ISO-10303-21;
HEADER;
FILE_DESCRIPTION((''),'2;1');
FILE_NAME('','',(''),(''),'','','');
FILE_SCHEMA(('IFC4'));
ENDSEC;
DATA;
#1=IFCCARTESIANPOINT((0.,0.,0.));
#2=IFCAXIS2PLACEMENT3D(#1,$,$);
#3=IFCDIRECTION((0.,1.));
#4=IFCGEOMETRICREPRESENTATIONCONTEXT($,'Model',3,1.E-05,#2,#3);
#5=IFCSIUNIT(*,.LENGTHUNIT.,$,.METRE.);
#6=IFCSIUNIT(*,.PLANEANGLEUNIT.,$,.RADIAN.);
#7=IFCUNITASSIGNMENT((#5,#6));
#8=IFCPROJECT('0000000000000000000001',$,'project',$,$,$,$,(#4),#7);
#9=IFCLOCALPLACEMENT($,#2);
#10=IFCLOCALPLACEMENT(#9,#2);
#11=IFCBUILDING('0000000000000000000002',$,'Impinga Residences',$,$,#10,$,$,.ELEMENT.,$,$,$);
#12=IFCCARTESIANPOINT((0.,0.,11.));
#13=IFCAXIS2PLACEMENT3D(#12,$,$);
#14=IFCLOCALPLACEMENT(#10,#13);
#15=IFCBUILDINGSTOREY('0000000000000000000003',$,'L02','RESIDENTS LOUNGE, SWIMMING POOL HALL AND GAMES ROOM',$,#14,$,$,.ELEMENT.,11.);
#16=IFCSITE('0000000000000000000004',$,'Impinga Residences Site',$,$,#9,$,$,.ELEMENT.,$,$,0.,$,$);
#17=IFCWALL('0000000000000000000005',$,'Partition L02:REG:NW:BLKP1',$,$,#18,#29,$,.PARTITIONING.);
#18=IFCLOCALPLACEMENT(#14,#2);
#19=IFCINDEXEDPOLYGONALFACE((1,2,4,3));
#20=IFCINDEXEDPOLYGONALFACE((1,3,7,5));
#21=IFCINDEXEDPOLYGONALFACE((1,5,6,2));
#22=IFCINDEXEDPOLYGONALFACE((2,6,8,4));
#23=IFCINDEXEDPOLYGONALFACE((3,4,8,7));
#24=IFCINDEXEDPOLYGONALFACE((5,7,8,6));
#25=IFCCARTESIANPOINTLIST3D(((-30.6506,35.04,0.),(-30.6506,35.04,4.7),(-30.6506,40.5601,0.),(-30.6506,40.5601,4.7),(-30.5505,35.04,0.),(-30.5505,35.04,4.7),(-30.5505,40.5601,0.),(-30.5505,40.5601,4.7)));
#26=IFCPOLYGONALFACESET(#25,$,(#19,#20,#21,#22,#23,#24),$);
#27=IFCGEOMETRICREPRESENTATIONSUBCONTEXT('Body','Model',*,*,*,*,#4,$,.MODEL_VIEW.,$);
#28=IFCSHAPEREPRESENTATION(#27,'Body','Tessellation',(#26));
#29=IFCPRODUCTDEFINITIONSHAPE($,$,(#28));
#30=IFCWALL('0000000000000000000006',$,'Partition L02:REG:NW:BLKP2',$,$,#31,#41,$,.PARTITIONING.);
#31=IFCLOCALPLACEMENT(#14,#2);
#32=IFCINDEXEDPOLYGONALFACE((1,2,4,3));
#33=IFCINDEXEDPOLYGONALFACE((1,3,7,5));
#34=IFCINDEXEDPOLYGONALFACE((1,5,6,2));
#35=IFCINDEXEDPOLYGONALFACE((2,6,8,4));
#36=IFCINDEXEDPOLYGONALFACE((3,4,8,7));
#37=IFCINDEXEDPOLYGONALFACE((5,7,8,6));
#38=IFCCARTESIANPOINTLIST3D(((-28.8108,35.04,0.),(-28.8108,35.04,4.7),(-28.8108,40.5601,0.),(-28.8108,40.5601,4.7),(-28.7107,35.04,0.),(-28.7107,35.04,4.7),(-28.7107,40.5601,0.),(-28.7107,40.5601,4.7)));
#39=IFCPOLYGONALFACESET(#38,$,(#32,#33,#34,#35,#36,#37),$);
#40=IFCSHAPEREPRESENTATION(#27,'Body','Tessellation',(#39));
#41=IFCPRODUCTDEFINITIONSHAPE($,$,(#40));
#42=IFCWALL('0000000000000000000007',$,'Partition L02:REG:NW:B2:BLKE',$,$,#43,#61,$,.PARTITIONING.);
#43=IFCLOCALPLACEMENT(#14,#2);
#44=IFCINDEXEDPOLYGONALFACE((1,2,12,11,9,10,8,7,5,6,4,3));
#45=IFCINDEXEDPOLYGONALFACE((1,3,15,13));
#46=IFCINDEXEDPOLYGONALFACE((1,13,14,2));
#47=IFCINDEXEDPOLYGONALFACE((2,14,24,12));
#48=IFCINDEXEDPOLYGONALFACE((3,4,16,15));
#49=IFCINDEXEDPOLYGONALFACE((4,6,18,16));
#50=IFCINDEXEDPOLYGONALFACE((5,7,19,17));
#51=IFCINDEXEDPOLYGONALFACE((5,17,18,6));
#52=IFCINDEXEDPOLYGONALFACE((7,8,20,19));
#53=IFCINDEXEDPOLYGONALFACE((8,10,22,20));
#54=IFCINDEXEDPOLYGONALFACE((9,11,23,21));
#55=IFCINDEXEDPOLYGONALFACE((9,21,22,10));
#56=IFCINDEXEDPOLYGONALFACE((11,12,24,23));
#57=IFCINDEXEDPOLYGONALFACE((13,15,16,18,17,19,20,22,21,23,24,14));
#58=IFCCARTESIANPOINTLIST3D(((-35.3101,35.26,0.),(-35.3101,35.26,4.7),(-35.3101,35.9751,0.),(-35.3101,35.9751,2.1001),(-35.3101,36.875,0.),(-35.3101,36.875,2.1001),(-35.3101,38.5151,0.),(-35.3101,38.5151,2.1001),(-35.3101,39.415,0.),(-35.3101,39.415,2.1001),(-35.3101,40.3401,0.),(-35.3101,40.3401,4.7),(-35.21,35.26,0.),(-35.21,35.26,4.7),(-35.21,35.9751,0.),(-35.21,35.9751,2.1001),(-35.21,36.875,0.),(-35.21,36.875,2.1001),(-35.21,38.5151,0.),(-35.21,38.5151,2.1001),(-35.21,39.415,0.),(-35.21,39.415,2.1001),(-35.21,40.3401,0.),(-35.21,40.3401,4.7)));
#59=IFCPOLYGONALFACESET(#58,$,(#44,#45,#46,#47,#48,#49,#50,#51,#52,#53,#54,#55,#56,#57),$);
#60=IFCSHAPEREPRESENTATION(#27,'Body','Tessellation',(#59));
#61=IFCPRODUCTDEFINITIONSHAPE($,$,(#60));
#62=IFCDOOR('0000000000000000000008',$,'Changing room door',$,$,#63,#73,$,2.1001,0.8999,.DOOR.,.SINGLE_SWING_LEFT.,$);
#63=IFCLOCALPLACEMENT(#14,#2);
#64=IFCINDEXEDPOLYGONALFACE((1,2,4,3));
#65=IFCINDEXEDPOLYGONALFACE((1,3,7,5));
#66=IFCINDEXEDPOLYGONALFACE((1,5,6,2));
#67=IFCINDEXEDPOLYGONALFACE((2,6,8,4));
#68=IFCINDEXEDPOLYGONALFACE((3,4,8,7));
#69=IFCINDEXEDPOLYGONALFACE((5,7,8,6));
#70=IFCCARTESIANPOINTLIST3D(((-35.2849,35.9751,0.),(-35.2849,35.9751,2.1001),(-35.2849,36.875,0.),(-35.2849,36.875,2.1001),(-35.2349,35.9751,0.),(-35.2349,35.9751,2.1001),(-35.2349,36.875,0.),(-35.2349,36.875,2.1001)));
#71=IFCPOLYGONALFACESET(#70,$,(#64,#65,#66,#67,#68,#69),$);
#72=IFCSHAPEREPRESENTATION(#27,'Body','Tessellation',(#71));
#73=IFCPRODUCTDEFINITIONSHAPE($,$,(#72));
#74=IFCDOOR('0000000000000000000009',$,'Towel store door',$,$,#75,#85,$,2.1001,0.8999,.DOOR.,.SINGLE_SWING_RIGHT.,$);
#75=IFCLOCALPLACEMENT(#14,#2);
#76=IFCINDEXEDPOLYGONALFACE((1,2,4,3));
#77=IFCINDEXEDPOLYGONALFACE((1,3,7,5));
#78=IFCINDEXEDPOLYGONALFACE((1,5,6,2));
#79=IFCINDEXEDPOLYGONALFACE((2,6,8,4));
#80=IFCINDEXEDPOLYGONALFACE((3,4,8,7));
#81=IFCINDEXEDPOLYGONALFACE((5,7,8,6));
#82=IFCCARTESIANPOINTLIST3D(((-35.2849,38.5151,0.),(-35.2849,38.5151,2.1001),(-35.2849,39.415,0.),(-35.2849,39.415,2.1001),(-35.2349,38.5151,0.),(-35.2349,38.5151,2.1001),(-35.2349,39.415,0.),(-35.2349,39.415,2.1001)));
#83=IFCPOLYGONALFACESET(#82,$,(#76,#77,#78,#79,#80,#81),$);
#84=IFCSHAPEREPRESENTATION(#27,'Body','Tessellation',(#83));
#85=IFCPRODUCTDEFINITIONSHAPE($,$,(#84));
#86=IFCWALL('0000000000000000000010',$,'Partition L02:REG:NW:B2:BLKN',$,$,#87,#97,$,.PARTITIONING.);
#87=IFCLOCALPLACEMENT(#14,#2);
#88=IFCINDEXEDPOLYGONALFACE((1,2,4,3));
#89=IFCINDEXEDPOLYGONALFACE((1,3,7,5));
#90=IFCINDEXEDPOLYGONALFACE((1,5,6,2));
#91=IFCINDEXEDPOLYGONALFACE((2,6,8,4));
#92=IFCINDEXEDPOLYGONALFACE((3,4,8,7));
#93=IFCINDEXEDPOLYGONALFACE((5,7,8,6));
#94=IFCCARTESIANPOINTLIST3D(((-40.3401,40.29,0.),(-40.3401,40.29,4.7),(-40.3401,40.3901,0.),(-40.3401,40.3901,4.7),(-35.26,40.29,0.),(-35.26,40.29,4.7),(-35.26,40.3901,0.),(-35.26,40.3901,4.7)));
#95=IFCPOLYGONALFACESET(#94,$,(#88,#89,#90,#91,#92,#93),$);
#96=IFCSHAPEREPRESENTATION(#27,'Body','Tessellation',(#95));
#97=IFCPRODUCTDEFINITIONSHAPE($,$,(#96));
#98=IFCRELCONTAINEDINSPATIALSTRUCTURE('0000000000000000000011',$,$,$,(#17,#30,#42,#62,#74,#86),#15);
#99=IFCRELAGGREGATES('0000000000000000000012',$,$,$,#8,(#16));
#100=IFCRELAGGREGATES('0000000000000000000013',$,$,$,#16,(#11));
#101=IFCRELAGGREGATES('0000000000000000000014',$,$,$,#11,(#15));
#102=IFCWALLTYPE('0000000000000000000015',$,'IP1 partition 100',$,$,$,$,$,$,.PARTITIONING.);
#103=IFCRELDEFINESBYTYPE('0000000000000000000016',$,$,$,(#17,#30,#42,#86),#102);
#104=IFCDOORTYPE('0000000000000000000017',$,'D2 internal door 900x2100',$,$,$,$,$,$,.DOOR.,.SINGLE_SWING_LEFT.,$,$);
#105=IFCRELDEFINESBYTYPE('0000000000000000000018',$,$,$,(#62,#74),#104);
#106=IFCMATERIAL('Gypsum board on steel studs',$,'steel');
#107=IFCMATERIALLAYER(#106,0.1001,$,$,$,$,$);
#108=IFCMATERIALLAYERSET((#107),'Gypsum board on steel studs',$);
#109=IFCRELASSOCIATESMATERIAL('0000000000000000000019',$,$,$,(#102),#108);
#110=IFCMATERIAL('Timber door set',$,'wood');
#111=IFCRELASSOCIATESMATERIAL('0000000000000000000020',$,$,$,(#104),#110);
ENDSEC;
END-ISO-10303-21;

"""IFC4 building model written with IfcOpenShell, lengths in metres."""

from ifc_helpers import new_model, si_unit, direction, frame, frame_2d, origin, place, context, subcontext, project, spatial, rectangle, extrude, material, layer, layer_set, type_object, element, fill, save


model = new_model("IFC4")

# Units and contexts
model_context = context("Model", 3, precision=1e-05, world=origin(), true_north=direction((0.0, 1.0)))
body_context = subcontext(model_context, "Body", "Model", "MODEL_VIEW")
ifc_project = project(units=[si_unit("LENGTHUNIT", "METRE"), si_unit("PLANEANGLEUNIT", "RADIAN")], contexts=[model_context])

# Site, building, storey
site_placement = place(None, origin())
site = spatial("IfcSite", under=ifc_project, at=site_placement, Name="Impinga Residences Site", CompositionType="ELEMENT", RefElevation=0.0)
building_placement = place(site_placement, origin())
building = spatial("IfcBuilding", under=site, at=building_placement, Name="Impinga Residences", CompositionType="ELEMENT")
storey_placement = place(building_placement, frame((0.0, 0.0, 11.0)))
storey = spatial("IfcBuildingStorey", under=building, at=storey_placement, Name="L02", Description="RESIDENTS LOUNGE, SWIMMING POOL HALL AND GAMES ROOM", CompositionType="ELEMENT", Elevation=11.0)

# Shared definitions
ifc_material_1 = material(Name="Gypsum board on steel studs", Category="steel")
ifc_layer = layer(ifc_material_1, 0.1001)
ifc_layer_set = layer_set([ifc_layer], Name="Gypsum board on steel studs")
wall_type = type_object("IfcWallType", Name="IP1 partition 100", PredefinedType="PARTITIONING", material=ifc_layer_set)
ifc_material_2 = material(Name="Timber door set", Category="wood")
door_type = type_object("IfcDoorType", Name="D2 internal door 900x2100", OperationType="SINGLE_SWING_LEFT", PredefinedType="DOOR", material=ifc_material_2)

# Walls
for number, where, z_axis, x_axis, name in (
    (1, (-30.6006, 35.04, 0.0), (0.0, 0.0, 1.0), (0.0, 1.0, 0.0), "Partition L02:REG:NW:BLKP1"),
    (2, (-28.7607, 35.04, 0.0), (0.0, 0.0, 1.0), (0.0, 1.0, 0.0), "Partition L02:REG:NW:BLKP2"),
):
    element("IfcWall", number, at=place(storey_placement, frame(where, z_axis=z_axis, x_axis=x_axis)), inside=storey, type_object=wall_type, Name=name, PredefinedType="PARTITIONING", context=body_context, shape_type="SweptSolid", body=[
        extrude(rectangle(XDim=5.52, YDim=0.1001, at=frame_2d((2.76, 0.0))), origin(), (0.0, 0.0, 1.0), 4.7),
    ])

# Wall, openings, doors
wall_1_placement = place(storey_placement, frame((-35.26, 35.26, 0.0), z_axis=(0.0, 0.0, 1.0), x_axis=(0.0, 1.0, 0.0)))
wall_1 = element("IfcWall", 3, at=wall_1_placement, inside=storey, type_object=wall_type, Name="Partition L02:REG:NW:B2:BLKE", PredefinedType="PARTITIONING", context=body_context, shape_type="SweptSolid", body=[
    extrude(rectangle(XDim=5.0801, YDim=0.1001, at=frame_2d((2.54, 0.0))), origin(), (0.0, 0.0, 1.0), 4.7),
])
opening_1_placement = place(wall_1_placement, frame((0.7151, 0.0, 0.0)))
opening_1 = element("IfcOpeningElement", 4, at=opening_1_placement, cuts=wall_1, PredefinedType="OPENING", context=body_context, shape_type="SweptSolid", body=[
    extrude(rectangle(XDim=0.8999, YDim=2.1001, at=frame_2d((0.45, 1.05))), frame((0.0, 0.0601, 0.0), z_axis=(0.0, -1.0, 0.0), x_axis=(1.0, 0.0, 0.0)), (0.0, 0.0, 1.0), 0.1201),
])
opening_2_placement = place(wall_1_placement, frame((3.2551, 0.0, 0.0)))
opening_2 = element("IfcOpeningElement", 5, at=opening_2_placement, cuts=wall_1, PredefinedType="OPENING", context=body_context, shape_type="SweptSolid", body=[
    extrude(rectangle(XDim=0.8999, YDim=2.1001, at=frame_2d((0.45, 1.05))), frame((0.0, 0.0601, 0.0), z_axis=(0.0, -1.0, 0.0), x_axis=(1.0, 0.0, 0.0)), (0.0, 0.0, 1.0), 0.1201),
])
door_1_placement = place(opening_1_placement, origin())
door_1 = element("IfcDoor", 6, at=door_1_placement, inside=storey, type_object=door_type, Name="Changing room door", OperationType="SINGLE_SWING_LEFT", OverallHeight=2.1001, OverallWidth=0.8999, PredefinedType="DOOR", context=body_context, shape_type="SweptSolid", body=[
    extrude(rectangle(XDim=0.8999, YDim=2.1001, at=frame_2d((0.45, 1.05))), frame((0.0, 0.0249, 0.0), z_axis=(0.0, -1.0, 0.0), x_axis=(1.0, 0.0, 0.0)), (0.0, 0.0, 1.0), 0.05),
])
fill(opening_1, door_1)
door_2_placement = place(opening_2_placement, origin())
door_2 = element("IfcDoor", 7, at=door_2_placement, inside=storey, type_object=door_type, Name="Towel store door", OperationType="SINGLE_SWING_RIGHT", OverallHeight=2.1001, OverallWidth=0.8999, PredefinedType="DOOR", context=body_context, shape_type="SweptSolid", body=[
    extrude(rectangle(XDim=0.8999, YDim=2.1001, at=frame_2d((0.45, 1.05))), frame((0.0, 0.0249, 0.0), z_axis=(0.0, -1.0, 0.0), x_axis=(1.0, 0.0, 0.0)), (0.0, 0.0, 1.0), 0.05),
])
fill(opening_2, door_2)

# Wall
wall_2_placement = place(storey_placement, frame((-35.26, 40.3401, 0.0), z_axis=(0.0, 0.0, 1.0), x_axis=(-1.0, 0.0, 0.0)))
element("IfcWall", 8, at=wall_2_placement, inside=storey, type_object=wall_type, Name="Partition L02:REG:NW:B2:BLKN", PredefinedType="PARTITIONING", context=body_context, shape_type="SweptSolid", body=[
    extrude(rectangle(XDim=5.0801, YDim=0.1001, at=frame_2d((2.54, 0.0))), origin(), (0.0, 0.0, 1.0), 4.7),
])

save(model, "model.ifc")
